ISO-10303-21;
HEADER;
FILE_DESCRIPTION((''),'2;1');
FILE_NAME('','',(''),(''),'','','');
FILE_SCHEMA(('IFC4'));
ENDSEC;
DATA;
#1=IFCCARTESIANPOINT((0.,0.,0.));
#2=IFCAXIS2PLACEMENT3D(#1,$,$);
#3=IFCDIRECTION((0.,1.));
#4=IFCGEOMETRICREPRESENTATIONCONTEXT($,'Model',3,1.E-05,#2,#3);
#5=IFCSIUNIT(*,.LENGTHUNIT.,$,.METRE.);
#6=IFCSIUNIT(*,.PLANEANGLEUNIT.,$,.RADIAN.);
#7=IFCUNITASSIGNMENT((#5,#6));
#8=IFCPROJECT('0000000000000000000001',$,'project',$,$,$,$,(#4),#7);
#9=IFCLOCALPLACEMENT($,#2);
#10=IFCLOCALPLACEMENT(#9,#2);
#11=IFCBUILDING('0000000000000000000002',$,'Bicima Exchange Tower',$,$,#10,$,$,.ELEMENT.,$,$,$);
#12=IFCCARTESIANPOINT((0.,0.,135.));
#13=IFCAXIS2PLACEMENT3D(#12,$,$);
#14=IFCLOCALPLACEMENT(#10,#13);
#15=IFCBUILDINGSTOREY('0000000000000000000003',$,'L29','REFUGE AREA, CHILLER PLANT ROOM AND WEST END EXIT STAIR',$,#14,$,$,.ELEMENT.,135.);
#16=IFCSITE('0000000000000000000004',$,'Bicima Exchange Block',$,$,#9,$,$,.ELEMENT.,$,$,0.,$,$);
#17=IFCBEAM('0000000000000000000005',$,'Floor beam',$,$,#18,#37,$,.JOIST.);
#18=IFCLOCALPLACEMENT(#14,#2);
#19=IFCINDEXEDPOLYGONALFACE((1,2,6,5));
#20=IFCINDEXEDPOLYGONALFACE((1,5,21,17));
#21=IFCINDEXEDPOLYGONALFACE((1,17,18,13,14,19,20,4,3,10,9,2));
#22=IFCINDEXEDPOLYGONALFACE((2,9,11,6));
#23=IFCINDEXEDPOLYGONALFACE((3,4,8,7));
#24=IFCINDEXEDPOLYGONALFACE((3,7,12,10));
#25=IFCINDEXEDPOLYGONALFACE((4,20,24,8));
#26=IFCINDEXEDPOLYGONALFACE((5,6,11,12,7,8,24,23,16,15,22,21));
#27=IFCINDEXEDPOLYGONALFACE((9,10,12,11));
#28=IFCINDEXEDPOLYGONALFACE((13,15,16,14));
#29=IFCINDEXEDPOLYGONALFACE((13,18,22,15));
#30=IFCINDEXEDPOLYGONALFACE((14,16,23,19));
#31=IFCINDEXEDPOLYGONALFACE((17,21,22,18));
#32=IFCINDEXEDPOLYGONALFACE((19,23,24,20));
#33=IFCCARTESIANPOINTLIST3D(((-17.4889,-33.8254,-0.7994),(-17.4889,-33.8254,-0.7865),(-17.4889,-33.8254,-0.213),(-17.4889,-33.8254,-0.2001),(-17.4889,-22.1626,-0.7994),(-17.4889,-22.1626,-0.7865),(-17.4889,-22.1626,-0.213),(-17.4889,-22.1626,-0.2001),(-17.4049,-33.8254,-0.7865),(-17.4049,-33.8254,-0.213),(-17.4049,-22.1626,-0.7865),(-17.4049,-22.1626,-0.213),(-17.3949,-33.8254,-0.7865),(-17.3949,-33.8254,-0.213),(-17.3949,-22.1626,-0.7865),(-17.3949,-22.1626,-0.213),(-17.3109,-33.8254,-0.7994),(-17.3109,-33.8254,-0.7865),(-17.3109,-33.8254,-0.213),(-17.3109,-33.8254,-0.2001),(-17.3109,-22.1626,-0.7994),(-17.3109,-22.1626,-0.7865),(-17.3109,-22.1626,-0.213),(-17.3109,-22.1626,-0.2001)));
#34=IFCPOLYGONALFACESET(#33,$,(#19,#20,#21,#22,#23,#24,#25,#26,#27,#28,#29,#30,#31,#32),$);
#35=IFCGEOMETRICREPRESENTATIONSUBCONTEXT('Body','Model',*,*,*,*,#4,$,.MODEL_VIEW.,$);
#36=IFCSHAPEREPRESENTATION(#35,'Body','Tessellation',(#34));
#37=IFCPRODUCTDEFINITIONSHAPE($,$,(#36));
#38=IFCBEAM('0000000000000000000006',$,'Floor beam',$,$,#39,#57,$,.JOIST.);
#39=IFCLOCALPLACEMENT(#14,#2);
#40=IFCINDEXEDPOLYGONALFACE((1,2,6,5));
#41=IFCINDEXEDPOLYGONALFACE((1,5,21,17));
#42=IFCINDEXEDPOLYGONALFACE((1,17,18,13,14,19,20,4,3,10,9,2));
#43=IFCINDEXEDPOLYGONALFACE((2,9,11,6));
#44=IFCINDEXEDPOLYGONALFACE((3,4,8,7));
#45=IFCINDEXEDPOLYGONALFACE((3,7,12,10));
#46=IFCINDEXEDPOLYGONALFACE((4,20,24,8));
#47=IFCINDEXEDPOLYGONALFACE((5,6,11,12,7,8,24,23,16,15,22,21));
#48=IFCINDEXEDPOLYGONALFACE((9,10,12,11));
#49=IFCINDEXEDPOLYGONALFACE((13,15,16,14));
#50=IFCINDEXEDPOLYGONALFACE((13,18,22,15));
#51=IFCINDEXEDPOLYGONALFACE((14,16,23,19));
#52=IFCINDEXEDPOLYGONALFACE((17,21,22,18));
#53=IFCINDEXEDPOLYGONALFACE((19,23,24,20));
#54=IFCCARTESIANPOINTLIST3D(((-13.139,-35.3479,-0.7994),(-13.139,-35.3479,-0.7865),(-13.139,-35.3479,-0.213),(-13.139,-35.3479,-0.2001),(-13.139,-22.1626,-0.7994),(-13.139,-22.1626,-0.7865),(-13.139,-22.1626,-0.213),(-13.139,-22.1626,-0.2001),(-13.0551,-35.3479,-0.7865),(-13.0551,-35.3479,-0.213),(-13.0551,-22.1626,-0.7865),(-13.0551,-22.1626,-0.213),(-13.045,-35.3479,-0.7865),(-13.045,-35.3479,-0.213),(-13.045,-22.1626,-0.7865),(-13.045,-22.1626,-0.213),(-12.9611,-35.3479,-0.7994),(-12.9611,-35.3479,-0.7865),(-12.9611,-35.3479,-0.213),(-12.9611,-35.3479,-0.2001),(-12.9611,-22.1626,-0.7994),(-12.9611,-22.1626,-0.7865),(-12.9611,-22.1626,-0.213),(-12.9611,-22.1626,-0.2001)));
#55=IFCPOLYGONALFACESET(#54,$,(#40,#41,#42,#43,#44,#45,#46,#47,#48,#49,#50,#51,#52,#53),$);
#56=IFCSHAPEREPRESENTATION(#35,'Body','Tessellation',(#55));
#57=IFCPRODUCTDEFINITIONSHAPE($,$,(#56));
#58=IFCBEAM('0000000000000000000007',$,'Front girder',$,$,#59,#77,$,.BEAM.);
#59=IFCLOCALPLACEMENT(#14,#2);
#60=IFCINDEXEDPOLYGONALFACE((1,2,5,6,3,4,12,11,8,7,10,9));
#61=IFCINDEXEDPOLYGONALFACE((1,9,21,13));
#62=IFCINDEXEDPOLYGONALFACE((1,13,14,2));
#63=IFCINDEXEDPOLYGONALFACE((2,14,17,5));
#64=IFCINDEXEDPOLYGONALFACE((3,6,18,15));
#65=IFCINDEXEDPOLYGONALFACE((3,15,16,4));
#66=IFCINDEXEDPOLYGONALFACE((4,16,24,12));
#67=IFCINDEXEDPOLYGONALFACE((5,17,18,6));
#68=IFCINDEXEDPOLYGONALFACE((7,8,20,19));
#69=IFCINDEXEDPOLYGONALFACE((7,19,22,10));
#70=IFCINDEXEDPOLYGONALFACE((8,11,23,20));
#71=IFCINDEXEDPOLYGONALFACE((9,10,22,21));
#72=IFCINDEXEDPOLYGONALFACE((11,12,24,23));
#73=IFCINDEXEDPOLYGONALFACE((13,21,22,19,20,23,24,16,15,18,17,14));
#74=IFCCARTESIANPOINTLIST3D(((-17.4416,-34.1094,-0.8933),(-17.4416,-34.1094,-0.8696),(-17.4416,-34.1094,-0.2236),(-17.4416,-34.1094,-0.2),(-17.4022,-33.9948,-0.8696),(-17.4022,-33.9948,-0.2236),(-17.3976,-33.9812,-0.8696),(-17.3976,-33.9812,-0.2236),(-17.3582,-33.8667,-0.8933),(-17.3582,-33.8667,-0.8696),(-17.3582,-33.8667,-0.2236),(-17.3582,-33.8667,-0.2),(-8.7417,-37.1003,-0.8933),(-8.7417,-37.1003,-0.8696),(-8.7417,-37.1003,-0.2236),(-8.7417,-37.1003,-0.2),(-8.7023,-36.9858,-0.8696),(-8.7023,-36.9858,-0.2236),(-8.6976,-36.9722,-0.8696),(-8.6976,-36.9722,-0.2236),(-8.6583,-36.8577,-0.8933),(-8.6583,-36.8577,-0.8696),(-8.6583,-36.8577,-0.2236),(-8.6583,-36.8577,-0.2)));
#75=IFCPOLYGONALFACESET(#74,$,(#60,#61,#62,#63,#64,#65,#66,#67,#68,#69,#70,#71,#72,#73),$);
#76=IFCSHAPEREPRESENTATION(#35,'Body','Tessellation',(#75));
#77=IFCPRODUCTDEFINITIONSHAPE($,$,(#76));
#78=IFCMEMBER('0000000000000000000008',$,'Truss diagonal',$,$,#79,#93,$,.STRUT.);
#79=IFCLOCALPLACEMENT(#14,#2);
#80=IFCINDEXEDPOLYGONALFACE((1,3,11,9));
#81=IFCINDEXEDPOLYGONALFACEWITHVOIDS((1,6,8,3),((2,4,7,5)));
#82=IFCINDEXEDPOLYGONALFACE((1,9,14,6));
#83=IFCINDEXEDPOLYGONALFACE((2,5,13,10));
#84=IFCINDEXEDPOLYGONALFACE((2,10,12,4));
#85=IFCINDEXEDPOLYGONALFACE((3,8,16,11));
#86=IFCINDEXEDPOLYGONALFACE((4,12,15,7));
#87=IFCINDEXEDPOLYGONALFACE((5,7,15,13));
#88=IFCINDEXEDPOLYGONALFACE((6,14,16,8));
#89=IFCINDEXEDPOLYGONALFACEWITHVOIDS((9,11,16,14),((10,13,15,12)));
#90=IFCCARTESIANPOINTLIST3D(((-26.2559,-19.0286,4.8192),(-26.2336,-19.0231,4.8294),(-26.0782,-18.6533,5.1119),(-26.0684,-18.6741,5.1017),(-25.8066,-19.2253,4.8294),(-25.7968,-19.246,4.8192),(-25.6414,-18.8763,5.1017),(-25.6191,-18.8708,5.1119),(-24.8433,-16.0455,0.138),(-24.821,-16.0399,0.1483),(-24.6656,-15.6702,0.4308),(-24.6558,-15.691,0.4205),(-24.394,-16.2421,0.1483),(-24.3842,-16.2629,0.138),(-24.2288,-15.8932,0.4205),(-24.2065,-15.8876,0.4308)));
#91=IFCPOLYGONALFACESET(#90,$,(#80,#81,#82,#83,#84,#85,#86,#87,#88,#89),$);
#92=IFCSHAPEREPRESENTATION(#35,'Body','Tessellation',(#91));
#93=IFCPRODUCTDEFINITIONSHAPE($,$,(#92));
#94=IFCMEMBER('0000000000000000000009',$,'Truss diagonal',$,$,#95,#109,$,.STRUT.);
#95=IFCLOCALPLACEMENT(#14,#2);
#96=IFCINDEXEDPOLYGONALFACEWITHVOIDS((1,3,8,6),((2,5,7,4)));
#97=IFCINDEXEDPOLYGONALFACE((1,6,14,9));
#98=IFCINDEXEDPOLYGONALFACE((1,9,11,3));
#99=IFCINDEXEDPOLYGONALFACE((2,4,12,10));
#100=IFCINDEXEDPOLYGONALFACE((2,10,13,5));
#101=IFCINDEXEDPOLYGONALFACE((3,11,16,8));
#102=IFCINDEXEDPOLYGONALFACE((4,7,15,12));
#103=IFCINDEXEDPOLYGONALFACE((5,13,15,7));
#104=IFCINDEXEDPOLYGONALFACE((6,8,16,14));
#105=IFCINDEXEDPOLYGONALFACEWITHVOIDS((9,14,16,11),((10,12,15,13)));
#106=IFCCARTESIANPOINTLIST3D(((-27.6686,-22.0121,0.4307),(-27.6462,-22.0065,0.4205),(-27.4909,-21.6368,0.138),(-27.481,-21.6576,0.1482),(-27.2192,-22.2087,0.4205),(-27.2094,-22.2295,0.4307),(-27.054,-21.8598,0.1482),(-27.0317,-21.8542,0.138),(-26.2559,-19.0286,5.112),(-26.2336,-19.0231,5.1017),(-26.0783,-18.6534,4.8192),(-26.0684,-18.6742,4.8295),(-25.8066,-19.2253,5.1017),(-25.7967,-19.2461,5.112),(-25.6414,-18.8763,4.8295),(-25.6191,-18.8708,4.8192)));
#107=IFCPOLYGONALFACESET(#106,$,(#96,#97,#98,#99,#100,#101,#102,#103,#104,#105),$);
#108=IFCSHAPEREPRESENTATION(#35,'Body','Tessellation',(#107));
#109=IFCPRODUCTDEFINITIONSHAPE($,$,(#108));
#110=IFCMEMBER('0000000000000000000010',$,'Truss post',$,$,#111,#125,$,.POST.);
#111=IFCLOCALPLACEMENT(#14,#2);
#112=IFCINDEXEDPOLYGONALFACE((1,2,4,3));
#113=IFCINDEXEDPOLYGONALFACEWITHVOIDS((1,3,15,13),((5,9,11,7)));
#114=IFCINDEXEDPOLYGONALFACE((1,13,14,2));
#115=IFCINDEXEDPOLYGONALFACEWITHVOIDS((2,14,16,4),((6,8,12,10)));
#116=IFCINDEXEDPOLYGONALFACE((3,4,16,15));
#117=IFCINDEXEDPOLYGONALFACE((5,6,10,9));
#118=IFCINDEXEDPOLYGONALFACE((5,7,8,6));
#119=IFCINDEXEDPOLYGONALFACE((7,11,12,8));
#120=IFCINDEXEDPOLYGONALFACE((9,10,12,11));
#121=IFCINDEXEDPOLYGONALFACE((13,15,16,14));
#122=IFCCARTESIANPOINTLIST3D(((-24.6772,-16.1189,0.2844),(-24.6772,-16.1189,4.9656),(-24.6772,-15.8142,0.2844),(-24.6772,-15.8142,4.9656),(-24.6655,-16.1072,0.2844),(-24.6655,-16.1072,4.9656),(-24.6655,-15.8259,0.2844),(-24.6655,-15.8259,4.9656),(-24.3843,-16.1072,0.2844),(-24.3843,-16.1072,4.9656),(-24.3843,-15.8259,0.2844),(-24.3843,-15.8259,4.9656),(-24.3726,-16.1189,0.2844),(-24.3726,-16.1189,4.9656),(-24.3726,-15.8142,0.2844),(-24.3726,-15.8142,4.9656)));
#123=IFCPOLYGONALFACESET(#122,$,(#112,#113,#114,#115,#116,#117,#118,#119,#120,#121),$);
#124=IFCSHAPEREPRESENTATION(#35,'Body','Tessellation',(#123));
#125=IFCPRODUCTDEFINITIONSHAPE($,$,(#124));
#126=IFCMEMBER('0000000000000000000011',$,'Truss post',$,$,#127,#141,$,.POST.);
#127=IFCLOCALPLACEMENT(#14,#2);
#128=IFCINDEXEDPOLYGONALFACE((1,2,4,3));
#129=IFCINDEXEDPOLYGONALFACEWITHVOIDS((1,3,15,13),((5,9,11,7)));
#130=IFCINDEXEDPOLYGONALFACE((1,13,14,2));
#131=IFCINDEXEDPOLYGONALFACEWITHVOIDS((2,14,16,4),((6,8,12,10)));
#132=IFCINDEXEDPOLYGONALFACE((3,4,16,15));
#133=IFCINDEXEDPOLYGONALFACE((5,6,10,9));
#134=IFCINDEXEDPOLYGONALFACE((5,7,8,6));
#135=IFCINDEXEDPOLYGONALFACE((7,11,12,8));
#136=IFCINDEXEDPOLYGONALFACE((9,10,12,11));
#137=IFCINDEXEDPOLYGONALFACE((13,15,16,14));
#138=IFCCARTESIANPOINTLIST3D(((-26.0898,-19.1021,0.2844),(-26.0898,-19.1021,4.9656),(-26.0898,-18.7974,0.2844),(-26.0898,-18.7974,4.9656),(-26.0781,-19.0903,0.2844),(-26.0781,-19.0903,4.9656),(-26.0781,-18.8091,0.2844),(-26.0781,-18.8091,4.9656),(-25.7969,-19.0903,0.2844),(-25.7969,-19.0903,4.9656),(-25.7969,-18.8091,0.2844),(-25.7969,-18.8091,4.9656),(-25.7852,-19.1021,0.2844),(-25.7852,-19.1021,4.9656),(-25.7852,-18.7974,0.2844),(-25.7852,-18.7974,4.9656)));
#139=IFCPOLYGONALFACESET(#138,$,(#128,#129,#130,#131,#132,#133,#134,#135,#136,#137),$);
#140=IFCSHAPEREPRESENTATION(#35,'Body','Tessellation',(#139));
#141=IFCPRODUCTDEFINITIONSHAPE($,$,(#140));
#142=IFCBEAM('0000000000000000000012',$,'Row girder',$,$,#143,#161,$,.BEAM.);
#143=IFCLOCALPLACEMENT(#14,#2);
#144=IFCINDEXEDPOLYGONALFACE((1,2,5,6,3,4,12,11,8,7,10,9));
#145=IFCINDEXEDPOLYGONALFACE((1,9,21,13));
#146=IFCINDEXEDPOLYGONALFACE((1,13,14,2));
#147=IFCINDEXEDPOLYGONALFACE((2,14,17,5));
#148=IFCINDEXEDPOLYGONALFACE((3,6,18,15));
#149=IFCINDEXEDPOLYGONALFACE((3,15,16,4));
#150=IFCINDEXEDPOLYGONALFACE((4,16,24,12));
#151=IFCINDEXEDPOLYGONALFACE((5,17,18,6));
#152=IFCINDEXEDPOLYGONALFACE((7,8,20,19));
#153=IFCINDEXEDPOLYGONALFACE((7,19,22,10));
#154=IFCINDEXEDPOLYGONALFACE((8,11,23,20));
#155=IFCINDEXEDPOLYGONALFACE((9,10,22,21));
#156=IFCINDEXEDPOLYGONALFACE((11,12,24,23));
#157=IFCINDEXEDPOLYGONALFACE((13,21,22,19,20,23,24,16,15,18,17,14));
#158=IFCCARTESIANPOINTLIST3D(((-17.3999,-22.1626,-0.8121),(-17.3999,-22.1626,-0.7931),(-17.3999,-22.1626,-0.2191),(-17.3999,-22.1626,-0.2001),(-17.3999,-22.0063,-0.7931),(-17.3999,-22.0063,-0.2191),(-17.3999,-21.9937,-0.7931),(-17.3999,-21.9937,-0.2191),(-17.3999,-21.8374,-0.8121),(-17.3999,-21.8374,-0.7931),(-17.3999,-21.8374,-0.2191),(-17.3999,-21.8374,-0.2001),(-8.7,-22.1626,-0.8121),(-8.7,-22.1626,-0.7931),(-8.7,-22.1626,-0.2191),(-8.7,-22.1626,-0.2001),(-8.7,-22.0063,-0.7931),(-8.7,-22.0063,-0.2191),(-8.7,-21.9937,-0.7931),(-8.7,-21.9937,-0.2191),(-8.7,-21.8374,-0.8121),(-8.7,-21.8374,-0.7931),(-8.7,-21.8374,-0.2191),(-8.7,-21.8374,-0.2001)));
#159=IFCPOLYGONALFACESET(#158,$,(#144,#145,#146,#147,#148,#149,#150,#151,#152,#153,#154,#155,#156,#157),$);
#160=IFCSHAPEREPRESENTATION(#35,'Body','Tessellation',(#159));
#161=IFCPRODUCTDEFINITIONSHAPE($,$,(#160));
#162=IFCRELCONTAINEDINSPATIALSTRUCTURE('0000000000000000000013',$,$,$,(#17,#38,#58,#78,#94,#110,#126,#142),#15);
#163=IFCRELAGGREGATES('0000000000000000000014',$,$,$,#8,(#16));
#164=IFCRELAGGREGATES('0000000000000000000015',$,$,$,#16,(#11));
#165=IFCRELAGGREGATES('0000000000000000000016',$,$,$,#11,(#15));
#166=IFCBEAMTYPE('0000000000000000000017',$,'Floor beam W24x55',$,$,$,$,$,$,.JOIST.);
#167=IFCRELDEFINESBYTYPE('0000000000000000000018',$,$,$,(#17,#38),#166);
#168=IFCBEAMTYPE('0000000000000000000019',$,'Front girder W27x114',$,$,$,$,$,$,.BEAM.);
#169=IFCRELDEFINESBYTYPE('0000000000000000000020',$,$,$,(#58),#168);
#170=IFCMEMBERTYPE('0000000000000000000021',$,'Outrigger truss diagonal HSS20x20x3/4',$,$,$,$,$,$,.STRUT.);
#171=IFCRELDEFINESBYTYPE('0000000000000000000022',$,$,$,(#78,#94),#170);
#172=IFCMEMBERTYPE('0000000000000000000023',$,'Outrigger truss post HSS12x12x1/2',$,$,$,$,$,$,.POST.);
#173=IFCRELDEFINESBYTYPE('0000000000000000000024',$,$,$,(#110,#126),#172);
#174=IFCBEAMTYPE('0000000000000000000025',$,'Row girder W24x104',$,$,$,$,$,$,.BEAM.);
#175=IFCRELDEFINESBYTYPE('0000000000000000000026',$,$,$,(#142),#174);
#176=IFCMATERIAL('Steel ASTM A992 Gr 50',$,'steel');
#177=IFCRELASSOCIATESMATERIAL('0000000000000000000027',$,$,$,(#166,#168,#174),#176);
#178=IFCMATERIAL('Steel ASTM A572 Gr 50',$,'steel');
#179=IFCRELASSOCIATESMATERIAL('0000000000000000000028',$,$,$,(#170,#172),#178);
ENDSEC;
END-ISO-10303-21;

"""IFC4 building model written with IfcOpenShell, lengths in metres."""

from ifc_helpers import new_model, si_unit, direction, frame, origin, origin_2d, place, context, subcontext, project, spatial, hollow_rectangle, i_section, extrude, material, material_profile, profile_set, type_object, element, save


model = new_model("IFC4")

# Units and contexts
model_context = context("Model", 3, precision=1e-05, world=origin(), true_north=direction((0.0, 1.0)))
body_context = subcontext(model_context, "Body", "Model", "MODEL_VIEW")
ifc_project = project(units=[si_unit("LENGTHUNIT", "METRE"), si_unit("PLANEANGLEUNIT", "RADIAN")], contexts=[model_context])

# Site, building, storey
site_placement = place(None, origin())
site = spatial("IfcSite", under=ifc_project, at=site_placement, Name="Bicima Exchange Block", CompositionType="ELEMENT", RefElevation=0.0)
building_placement = place(site_placement, origin())
building = spatial("IfcBuilding", under=site, at=building_placement, Name="Bicima Exchange Tower", CompositionType="ELEMENT")
storey_placement = place(building_placement, frame((0.0, 0.0, 135.0)))
storey = spatial("IfcBuildingStorey", under=building, at=storey_placement, Name="L29", Description="REFUGE AREA, CHILLER PLANT ROOM AND WEST END EXIT STAIR", CompositionType="ELEMENT", Elevation=135.0)

# Shared definitions
ifc_material_1 = material(Name="Steel ASTM A992 Gr 50", Category="steel")

# Shared definitions
ifc_material_2 = material(Name="Steel ASTM A572 Gr 50", Category="steel")

# Beams
ifc_material_profile_1 = material_profile(ifc_material_1, i_section(OverallWidth=0.178, OverallDepth=0.5994, WebThickness=0.01, FlangeThickness=0.0129, at=origin_2d()))
ifc_profile_set_1 = profile_set([ifc_material_profile_1], Name="Steel ASTM A992 Gr 50")
beam_type_1 = type_object("IfcBeamType", Name="Floor beam W24x55", PredefinedType="JOIST", material=ifc_profile_set_1)
for number, where, z_axis, x_axis, name in (
    (1, (-17.3999, -22.1626, -0.4998), (0.0, -1.0, 0.0), (1.0, 0.0, 0.0), "Floor beam"),
):
    element("IfcBeam", number, at=place(storey_placement, frame(where, z_axis=z_axis, x_axis=x_axis)), inside=storey, type_object=beam_type_1, Name=name, PredefinedType="JOIST", context=body_context, shape_type="SweptSolid", body=[
        extrude(i_section(OverallWidth=0.178, OverallDepth=0.5994, WebThickness=0.01, FlangeThickness=0.0129, at=origin_2d()), origin(), (0.0, 0.0, 1.0), 11.6628),
    ])
beam_1_placement = place(storey_placement, frame((-13.05, -22.1626, -0.4998), z_axis=(0.0, -1.0, 0.0), x_axis=(1.0, 0.0, 0.0)))
element("IfcBeam", 2, at=beam_1_placement, inside=storey, type_object=beam_type_1, Name="Floor beam", PredefinedType="JOIST", context=body_context, shape_type="SweptSolid", body=[
    extrude(i_section(OverallWidth=0.178, OverallDepth=0.5994, WebThickness=0.01, FlangeThickness=0.0129, at=origin_2d()), origin(), (0.0, 0.0, 1.0), 13.1853),
])
ifc_material_profile_2 = material_profile(ifc_material_1, i_section(OverallWidth=0.2566, OverallDepth=0.6934, WebThickness=0.0144, FlangeThickness=0.0237, at=origin_2d()))
ifc_profile_set_2 = profile_set([ifc_material_profile_2], Name="Steel ASTM A992 Gr 50")
beam_type_2 = type_object("IfcBeamType", Name="Front girder W27x114", PredefinedType="BEAM", material=ifc_profile_set_2)
beam_2_placement = place(storey_placement, frame((-17.3999, -33.988, -0.5466), z_axis=(0.945675, -0.325115, 0.0), x_axis=(0.325115, 0.945675, 0.0)))
element("IfcBeam", 3, at=beam_2_placement, inside=storey, type_object=beam_type_2, Name="Front girder", PredefinedType="BEAM", context=body_context, shape_type="SweptSolid", body=[
    extrude(i_section(OverallWidth=0.2566, OverallDepth=0.6934, WebThickness=0.0144, FlangeThickness=0.0237, at=origin_2d()), origin(), (0.0, 0.0, 1.0), 9.1997),
])

# Members
ifc_material_profile_3 = material_profile(ifc_material_2, hollow_rectangle(XDim=0.5081, YDim=0.5081, WallThickness=0.0178, at=origin_2d()))
ifc_profile_set_3 = profile_set([ifc_material_profile_3], Name="Steel ASTM A572 Gr 50")
member_type_1 = type_object("IfcMemberType", Name="Outrigger truss diagonal HSS20x20x3/4", PredefinedType="STRUT", material=ifc_profile_set_3)
member_1_placement = place(storey_placement, frame((-24.5249, -15.9666, 0.2844), z_axis=(-0.246621, -0.520819, 0.817267), x_axis=(0.903794, -0.427969, 0.0)))
element("IfcMember", 4, at=member_1_placement, inside=storey, type_object=member_type_1, Name="Truss diagonal", PredefinedType="STRUT", context=body_context, shape_type="SweptSolid", body=[
    extrude(hollow_rectangle(XDim=0.5081, YDim=0.5081, WallThickness=0.0178, at=origin_2d()), origin(), (0.0, 0.0, 1.0), 5.7278),
])
member_2_placement = place(storey_placement, frame((-25.9375, -18.9497, 4.9656), z_axis=(-0.246615, -0.52085, -0.817249), x_axis=(0.903807, -0.42794, 0.0)))
element("IfcMember", 5, at=member_2_placement, inside=storey, type_object=member_type_1, Name="Truss diagonal", PredefinedType="STRUT", context=body_context, shape_type="SweptSolid", body=[
    extrude(hollow_rectangle(XDim=0.5081, YDim=0.5081, WallThickness=0.0178, at=origin_2d()), origin(), (0.0, 0.0, 1.0), 5.728),
])
ifc_material_profile_4 = material_profile(ifc_material_2, hollow_rectangle(XDim=0.3047, YDim=0.3047, WallThickness=0.0117, at=origin_2d()))
ifc_profile_set_4 = profile_set([ifc_material_profile_4], Name="Steel ASTM A572 Gr 50")
member_type_2 = type_object("IfcMemberType", Name="Outrigger truss post HSS12x12x1/2", PredefinedType="POST", material=ifc_profile_set_4)
for number, where, z_axis, x_axis, name in (
    (6, (-24.5249, -15.9666, 0.2844), (0.0, 0.0, 1.0), (1.0, 0.0, 0.0), "Truss post"),
    (7, (-25.9375, -18.9497, 0.2844), (0.0, 0.0, 1.0), (1.0, 0.0, 0.0), "Truss post"),
):
    element("IfcMember", number, at=place(storey_placement, frame(where, z_axis=z_axis, x_axis=x_axis)), inside=storey, type_object=member_type_2, Name=name, PredefinedType="POST", context=body_context, shape_type="SweptSolid", body=[
        extrude(hollow_rectangle(XDim=0.3047, YDim=0.3047, WallThickness=0.0117, at=origin_2d()), origin(), (0.0, 0.0, 1.0), 4.6812),
    ])

# Beam
ifc_material_profile_5 = material_profile(ifc_material_1, i_section(OverallWidth=0.3252, OverallDepth=0.6121, WebThickness=0.0127, FlangeThickness=0.019, at=origin_2d()))
ifc_profile_set_5 = profile_set([ifc_material_profile_5], Name="Steel ASTM A992 Gr 50")
beam_type_3 = type_object("IfcBeamType", Name="Row girder W24x104", PredefinedType="BEAM", material=ifc_profile_set_5)
beam_3_placement = place(storey_placement, frame((-17.3999, -22.0, -0.5061), z_axis=(1.0, 0.0, 0.0), x_axis=(0.0, 1.0, 0.0)))
element("IfcBeam", 8, at=beam_3_placement, inside=storey, type_object=beam_type_3, Name="Row girder", PredefinedType="BEAM", context=body_context, shape_type="SweptSolid", body=[
    extrude(i_section(OverallWidth=0.3252, OverallDepth=0.6121, WebThickness=0.0127, FlangeThickness=0.019, at=origin_2d()), origin(), (0.0, 0.0, 1.0), 8.7),
])

save(model, "model.ifc")
